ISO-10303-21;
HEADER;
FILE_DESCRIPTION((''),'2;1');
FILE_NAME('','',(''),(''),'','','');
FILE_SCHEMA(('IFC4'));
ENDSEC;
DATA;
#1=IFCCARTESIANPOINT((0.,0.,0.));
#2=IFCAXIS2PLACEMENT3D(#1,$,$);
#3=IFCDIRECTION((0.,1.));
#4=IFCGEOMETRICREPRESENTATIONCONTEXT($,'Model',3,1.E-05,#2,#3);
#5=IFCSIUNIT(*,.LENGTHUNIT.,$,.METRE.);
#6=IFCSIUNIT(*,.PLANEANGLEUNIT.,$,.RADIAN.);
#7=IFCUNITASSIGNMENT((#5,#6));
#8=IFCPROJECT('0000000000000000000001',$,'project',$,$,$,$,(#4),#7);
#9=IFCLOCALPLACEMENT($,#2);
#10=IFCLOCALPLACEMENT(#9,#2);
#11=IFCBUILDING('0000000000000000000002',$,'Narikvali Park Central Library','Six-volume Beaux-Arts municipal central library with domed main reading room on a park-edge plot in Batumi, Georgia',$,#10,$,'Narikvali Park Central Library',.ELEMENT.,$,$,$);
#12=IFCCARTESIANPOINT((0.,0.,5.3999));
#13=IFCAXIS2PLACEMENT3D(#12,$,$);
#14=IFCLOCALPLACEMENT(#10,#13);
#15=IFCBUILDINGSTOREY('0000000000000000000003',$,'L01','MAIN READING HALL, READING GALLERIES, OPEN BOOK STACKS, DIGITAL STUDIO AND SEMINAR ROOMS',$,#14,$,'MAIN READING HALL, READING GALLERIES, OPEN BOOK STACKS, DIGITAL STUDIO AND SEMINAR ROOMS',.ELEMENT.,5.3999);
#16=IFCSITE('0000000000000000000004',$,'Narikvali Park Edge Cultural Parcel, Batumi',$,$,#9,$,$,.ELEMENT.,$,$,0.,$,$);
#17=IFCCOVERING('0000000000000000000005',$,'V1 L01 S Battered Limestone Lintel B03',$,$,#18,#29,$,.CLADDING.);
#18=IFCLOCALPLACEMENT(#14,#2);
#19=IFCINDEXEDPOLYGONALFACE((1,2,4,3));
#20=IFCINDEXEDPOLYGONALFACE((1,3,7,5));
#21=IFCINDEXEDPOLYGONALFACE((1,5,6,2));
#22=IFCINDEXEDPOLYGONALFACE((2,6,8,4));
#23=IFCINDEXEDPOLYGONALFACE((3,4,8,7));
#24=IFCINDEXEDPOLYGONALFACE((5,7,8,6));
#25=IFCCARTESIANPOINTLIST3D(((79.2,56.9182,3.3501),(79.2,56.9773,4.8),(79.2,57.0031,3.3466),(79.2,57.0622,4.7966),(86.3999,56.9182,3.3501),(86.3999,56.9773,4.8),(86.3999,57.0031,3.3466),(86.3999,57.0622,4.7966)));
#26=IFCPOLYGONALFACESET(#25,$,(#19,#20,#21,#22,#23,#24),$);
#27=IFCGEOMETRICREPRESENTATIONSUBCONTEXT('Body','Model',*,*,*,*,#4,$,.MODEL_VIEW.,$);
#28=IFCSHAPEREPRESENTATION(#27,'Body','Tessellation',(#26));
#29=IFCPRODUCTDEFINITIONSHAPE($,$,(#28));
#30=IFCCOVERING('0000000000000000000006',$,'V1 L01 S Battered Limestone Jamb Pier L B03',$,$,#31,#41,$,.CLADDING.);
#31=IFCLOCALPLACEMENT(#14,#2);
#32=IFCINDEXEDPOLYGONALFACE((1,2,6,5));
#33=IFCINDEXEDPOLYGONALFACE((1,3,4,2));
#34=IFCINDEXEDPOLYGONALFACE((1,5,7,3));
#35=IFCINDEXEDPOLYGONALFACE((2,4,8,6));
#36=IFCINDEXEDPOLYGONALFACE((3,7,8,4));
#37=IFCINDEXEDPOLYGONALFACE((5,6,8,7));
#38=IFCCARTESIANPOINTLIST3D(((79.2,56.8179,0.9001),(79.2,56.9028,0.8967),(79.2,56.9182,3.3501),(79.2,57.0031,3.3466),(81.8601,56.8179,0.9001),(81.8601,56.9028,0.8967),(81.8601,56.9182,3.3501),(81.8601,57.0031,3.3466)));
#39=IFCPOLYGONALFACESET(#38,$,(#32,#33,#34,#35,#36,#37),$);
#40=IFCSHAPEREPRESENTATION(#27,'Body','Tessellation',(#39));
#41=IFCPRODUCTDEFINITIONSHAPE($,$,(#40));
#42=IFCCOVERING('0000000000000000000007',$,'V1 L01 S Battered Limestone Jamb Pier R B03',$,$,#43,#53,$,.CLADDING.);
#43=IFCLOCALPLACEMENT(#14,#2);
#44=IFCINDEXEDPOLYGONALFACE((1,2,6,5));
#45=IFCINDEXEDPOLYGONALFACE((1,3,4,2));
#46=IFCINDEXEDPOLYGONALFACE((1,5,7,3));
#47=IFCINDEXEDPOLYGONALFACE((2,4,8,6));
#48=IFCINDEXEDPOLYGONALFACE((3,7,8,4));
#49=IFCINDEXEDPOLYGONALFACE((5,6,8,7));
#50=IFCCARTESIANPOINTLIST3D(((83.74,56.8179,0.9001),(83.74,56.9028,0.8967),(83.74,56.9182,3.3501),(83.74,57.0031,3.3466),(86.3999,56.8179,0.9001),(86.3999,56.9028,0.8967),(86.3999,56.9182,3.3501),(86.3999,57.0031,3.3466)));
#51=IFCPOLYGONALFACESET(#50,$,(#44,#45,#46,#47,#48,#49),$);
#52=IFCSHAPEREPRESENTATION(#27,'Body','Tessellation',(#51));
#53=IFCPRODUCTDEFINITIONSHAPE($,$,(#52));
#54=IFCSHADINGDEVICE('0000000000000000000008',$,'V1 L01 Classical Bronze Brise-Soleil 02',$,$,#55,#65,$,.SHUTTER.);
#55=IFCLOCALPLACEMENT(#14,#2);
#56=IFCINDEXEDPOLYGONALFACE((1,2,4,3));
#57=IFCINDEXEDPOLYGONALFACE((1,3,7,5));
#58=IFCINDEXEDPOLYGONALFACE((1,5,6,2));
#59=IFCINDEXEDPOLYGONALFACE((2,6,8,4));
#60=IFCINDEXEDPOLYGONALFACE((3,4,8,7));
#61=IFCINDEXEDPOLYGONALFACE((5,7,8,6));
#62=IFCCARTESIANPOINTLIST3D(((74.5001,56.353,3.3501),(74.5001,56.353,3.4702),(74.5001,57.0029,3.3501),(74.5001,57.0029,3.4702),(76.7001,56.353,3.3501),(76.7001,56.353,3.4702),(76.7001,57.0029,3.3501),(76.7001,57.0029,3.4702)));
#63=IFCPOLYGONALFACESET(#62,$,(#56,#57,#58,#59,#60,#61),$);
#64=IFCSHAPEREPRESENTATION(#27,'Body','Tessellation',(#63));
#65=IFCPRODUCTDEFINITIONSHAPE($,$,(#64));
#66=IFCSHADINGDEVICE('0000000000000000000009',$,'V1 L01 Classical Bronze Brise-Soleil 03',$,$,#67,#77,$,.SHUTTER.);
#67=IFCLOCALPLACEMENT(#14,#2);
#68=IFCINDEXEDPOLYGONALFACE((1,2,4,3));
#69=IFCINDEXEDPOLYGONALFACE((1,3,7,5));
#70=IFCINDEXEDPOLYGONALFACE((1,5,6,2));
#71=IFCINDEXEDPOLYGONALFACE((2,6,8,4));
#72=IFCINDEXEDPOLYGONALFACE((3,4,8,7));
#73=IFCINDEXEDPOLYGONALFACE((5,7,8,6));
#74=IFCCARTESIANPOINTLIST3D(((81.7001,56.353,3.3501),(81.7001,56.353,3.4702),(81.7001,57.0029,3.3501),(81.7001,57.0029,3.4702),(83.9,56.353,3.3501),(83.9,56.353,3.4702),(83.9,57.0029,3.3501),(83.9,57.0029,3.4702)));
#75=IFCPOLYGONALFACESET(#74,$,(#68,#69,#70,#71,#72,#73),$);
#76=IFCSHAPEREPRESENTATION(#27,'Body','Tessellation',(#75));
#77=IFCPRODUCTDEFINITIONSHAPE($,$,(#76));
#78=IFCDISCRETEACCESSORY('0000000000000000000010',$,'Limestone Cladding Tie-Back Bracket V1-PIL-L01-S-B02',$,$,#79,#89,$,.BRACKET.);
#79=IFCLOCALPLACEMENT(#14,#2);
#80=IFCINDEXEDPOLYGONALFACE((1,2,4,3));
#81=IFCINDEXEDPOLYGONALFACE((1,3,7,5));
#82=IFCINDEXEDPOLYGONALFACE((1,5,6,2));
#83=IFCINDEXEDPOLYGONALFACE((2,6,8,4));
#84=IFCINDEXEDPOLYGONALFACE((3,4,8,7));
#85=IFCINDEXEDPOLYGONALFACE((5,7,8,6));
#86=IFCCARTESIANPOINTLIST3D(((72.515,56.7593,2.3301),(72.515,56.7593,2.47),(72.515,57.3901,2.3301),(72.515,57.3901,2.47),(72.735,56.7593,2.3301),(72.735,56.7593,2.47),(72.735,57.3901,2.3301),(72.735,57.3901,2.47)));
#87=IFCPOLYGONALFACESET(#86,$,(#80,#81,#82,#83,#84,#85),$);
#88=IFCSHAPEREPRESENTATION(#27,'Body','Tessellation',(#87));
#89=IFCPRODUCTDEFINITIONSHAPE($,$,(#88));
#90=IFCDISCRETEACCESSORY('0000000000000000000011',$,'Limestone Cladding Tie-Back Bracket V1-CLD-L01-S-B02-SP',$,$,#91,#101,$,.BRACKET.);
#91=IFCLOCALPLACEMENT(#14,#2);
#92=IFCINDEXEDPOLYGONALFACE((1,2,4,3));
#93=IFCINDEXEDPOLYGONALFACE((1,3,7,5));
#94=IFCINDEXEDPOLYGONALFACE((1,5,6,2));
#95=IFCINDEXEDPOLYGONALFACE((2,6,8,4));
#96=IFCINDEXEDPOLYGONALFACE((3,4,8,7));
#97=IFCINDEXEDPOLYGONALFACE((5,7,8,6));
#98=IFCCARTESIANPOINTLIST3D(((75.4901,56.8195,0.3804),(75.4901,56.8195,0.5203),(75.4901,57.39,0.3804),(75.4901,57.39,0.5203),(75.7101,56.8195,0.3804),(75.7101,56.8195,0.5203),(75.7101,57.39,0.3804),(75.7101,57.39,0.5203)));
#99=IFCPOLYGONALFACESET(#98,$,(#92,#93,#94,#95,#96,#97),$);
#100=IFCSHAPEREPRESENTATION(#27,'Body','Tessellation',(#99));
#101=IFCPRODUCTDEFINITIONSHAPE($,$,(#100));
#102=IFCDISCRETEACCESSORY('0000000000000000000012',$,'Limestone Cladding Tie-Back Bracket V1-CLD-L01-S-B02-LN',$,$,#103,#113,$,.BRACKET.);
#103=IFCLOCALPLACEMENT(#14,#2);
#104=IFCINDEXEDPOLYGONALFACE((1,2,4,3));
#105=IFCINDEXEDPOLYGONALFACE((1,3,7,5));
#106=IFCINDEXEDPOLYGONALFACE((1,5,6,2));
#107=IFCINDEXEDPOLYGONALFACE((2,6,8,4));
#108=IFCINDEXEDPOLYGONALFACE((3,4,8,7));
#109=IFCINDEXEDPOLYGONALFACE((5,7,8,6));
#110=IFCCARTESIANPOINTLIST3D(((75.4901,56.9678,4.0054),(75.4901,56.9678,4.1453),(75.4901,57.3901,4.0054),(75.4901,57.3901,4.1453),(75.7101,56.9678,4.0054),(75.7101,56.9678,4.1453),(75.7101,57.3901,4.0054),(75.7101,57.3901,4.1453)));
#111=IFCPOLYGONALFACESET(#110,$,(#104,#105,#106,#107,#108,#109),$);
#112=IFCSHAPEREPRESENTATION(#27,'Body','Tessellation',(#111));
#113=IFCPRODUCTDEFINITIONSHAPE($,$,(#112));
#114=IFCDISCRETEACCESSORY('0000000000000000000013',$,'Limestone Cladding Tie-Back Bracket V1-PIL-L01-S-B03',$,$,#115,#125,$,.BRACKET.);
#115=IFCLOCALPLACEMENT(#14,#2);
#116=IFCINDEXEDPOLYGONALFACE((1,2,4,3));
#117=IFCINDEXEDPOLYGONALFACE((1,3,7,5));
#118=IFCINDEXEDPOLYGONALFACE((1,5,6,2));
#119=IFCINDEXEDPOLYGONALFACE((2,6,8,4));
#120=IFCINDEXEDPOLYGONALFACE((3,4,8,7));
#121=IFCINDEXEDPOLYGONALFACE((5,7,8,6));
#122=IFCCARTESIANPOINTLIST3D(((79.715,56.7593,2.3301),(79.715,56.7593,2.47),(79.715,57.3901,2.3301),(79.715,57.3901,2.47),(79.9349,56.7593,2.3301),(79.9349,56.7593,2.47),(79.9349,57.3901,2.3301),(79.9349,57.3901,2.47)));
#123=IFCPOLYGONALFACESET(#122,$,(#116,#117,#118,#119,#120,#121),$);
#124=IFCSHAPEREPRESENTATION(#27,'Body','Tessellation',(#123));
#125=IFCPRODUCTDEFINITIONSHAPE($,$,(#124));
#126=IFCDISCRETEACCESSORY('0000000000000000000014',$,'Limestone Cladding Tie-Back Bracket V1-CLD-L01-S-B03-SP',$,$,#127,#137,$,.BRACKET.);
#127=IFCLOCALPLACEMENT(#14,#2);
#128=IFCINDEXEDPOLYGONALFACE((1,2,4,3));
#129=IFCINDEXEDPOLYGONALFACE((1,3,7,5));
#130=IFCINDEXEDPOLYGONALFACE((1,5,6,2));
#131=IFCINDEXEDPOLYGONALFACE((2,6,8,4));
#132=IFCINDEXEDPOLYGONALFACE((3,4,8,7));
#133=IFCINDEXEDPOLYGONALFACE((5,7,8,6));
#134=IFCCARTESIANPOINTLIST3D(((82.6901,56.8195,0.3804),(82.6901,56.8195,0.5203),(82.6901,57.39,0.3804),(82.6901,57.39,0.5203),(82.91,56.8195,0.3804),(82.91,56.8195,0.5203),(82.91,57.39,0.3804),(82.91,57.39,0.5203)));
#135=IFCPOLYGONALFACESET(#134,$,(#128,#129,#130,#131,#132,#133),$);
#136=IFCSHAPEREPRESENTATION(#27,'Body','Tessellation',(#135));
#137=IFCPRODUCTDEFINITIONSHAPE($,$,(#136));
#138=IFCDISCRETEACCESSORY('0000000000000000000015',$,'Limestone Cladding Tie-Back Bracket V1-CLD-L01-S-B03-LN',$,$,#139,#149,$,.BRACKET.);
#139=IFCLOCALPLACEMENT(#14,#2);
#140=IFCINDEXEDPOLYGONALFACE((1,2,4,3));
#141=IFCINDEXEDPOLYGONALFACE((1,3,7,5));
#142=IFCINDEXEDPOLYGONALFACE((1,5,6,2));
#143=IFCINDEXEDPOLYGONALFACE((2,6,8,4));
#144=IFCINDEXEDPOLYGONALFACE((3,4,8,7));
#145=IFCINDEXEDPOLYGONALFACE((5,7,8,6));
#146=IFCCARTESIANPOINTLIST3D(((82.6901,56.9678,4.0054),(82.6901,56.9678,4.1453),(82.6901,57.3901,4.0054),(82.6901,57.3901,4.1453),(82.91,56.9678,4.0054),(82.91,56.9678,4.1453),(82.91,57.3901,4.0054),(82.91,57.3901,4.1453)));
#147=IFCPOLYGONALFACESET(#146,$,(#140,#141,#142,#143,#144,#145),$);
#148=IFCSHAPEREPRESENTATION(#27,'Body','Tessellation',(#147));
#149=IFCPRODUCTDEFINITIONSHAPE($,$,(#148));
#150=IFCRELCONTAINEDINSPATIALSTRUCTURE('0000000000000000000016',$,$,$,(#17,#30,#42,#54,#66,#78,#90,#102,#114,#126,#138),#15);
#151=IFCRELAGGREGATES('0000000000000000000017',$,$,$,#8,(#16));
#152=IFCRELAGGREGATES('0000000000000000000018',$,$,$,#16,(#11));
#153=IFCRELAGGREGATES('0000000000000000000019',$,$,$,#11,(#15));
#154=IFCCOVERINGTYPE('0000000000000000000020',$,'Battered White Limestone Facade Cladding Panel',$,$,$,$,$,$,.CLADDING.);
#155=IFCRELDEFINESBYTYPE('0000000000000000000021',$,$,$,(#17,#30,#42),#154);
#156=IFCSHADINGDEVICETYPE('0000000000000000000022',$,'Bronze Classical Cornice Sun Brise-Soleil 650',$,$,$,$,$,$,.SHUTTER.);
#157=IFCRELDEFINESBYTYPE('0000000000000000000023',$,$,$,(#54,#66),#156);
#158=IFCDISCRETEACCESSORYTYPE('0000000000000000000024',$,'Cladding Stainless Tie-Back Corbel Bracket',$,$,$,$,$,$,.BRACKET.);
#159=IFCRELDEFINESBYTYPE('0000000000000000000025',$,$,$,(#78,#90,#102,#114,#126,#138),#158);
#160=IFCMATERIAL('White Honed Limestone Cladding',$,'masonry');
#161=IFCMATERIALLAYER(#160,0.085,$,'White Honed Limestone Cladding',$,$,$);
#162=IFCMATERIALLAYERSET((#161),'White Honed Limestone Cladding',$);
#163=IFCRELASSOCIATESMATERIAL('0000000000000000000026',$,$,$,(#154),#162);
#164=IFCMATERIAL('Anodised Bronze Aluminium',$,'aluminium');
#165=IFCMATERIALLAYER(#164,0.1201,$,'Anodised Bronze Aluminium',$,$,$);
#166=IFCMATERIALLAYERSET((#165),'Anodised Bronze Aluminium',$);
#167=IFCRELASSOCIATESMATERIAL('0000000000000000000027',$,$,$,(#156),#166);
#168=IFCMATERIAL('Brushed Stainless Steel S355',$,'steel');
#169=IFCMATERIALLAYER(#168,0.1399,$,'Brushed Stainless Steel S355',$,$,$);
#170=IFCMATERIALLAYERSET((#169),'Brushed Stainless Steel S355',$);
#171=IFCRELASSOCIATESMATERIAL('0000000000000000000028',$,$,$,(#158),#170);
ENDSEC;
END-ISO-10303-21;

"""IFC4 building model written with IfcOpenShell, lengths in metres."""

from ifc_helpers import new_model, si_unit, direction, frame, origin, origin_2d, place, context, subcontext, project, spatial, polyline, rectangle, outline, extrude, material, layer, layer_set, type_object, element, save


model = new_model("IFC4")

# Units and contexts
model_context = context("Model", 3, precision=1e-05, world=origin(), true_north=direction((0.0, 1.0)))
body_context = subcontext(model_context, "Body", "Model", "MODEL_VIEW")
ifc_project = project(units=[si_unit("LENGTHUNIT", "METRE"), si_unit("PLANEANGLEUNIT", "RADIAN")], contexts=[model_context])

# Site, building, storey
site_placement = place(None, origin())
site = spatial("IfcSite", under=ifc_project, at=site_placement, Name="Narikvali Park Edge Cultural Parcel, Batumi", CompositionType="ELEMENT", RefElevation=0.0)
building_placement = place(site_placement, origin())
building = spatial("IfcBuilding", under=site, at=building_placement, Name="Narikvali Park Central Library", Description="Six-volume Beaux-Arts municipal central library with domed main reading room on a park-edge plot in Batumi, Georgia", LongName="Narikvali Park Central Library", CompositionType="ELEMENT")
storey_placement = place(building_placement, frame((0.0, 0.0, 5.3999)))
storey = spatial("IfcBuildingStorey", under=building, at=storey_placement, Name="L01", Description="MAIN READING HALL, READING GALLERIES, OPEN BOOK STACKS, DIGITAL STUDIO AND SEMINAR ROOMS", LongName="MAIN READING HALL, READING GALLERIES, OPEN BOOK STACKS, DIGITAL STUDIO AND SEMINAR ROOMS", CompositionType="ELEMENT", Elevation=5.3999)

# Coverings
ifc_material_1 = material(Name="White Honed Limestone Cladding", Category="masonry")
ifc_layer_1 = layer(ifc_material_1, 0.085, Name="White Honed Limestone Cladding")
ifc_layer_set_1 = layer_set([ifc_layer_1], Name="White Honed Limestone Cladding")
covering_type = type_object("IfcCoveringType", Name="Battered White Limestone Facade Cladding Panel", PredefinedType="CLADDING", material=ifc_layer_set_1)
covering_1_placement = place(storey_placement, frame((79.2, 56.9182, 3.3501), z_axis=(0.0, -0.999171, 0.040714), x_axis=(1.0, 0.0, 0.0)))
element("IfcCovering", 1, at=covering_1_placement, inside=storey, type_object=covering_type, Name="V1 L01 S Battered Limestone Lintel B03", PredefinedType="CLADDING", context=body_context, shape_type="SweptSolid", body=[
    extrude(outline(polyline([(0.0, 0.0), (7.2, 0.0), (7.2, 1.4512), (0.0, 1.4512), (0.0, 0.0)])), origin(), (0.0, 0.0, -1.0), 0.085),
])
covering_2_placement = place(storey_placement, frame((79.2, 56.8179, 0.9001), z_axis=(0.0, -0.999162, 0.040922), x_axis=(1.0, 0.0, 0.0)))
element("IfcCovering", 2, at=covering_2_placement, inside=storey, type_object=covering_type, Name="V1 L01 S Battered Limestone Jamb Pier L B03", PredefinedType="CLADDING", context=body_context, shape_type="SweptSolid", body=[
    extrude(outline(polyline([(0.0, 0.0), (2.6602, 0.0), (2.6602, 2.452), (0.0, 2.452), (0.0, 0.0)])), origin(), (0.0, 0.0, -1.0), 0.085),
])
covering_3_placement = place(storey_placement, frame((83.74, 56.8179, 0.9001), z_axis=(0.0, -0.999162, 0.040922), x_axis=(1.0, 0.0, 0.0)))
element("IfcCovering", 3, at=covering_3_placement, inside=storey, type_object=covering_type, Name="V1 L01 S Battered Limestone Jamb Pier R B03", PredefinedType="CLADDING", context=body_context, shape_type="SweptSolid", body=[
    extrude(outline(polyline([(0.0, 0.0), (2.6599, 0.0), (2.6599, 2.452), (0.0, 2.452), (0.0, 0.0)])), origin(), (0.0, 0.0, -1.0), 0.085),
])

# Shading devices
ifc_material_2 = material(Name="Anodised Bronze Aluminium", Category="aluminium")
ifc_layer_2 = layer(ifc_material_2, 0.1201, Name="Anodised Bronze Aluminium")
ifc_layer_set_2 = layer_set([ifc_layer_2], Name="Anodised Bronze Aluminium")
shading_device_type = type_object("IfcShadingDeviceType", Name="Bronze Classical Cornice Sun Brise-Soleil 650", PredefinedType="SHUTTER", material=ifc_layer_set_2)
for number, where, z_axis, x_axis, name in (
    (4, (75.6001, 56.678, 3.3501), (0.0, 0.0, 1.0), (1.0, 0.0, 0.0), "V1 L01 Classical Bronze Brise-Soleil 02"),
    (5, (82.8, 56.678, 3.3501), (0.0, 0.0, 1.0), (1.0, 0.0, 0.0), "V1 L01 Classical Bronze Brise-Soleil 03"),
):
    element("IfcShadingDevice", number, at=place(storey_placement, frame(where, z_axis=z_axis, x_axis=x_axis)), inside=storey, type_object=shading_device_type, Name=name, PredefinedType="SHUTTER", context=body_context, shape_type="SweptSolid", body=[
        extrude(rectangle(XDim=2.2, YDim=0.6499, at=origin_2d()), origin(), (0.0, 0.0, 1.0), 0.1201),
    ])

# Discrete accessories
ifc_material_3 = material(Name="Brushed Stainless Steel S355", Category="steel")
ifc_layer_3 = layer(ifc_material_3, 0.1399, Name="Brushed Stainless Steel S355")
ifc_layer_set_3 = layer_set([ifc_layer_3], Name="Brushed Stainless Steel S355")
discrete_accessory_type = type_object("IfcDiscreteAccessoryType", Name="Cladding Stainless Tie-Back Corbel Bracket", PredefinedType="BRACKET", material=ifc_layer_set_3)
discrete_accessory_1_placement = place(storey_placement, frame((72.625, 57.0747, 2.3301), z_axis=(0.0, 0.0, 1.0), x_axis=(1.0, 0.0, 0.0)))
element("IfcDiscreteAccessory", 6, at=discrete_accessory_1_placement, inside=storey, type_object=discrete_accessory_type, Name="Limestone Cladding Tie-Back Bracket V1-PIL-L01-S-B02", PredefinedType="BRACKET", context=body_context, shape_type="SweptSolid", body=[
    extrude(rectangle(XDim=0.22, YDim=0.6309, at=origin_2d()), origin(), (0.0, 0.0, 1.0), 0.1399),
])
discrete_accessory_2_placement = place(storey_placement, frame((75.6001, 57.1047, 0.3804), z_axis=(0.0, 0.0, 1.0), x_axis=(1.0, 0.0, 0.0)))
element("IfcDiscreteAccessory", 7, at=discrete_accessory_2_placement, inside=storey, type_object=discrete_accessory_type, Name="Limestone Cladding Tie-Back Bracket V1-CLD-L01-S-B02-SP", PredefinedType="BRACKET", context=body_context, shape_type="SweptSolid", body=[
    extrude(rectangle(XDim=0.22, YDim=0.5706, at=origin_2d()), origin(), (0.0, 0.0, 1.0), 0.1399),
])
discrete_accessory_3_placement = place(storey_placement, frame((75.6001, 57.179, 4.0054), z_axis=(0.0, 0.0, 1.0), x_axis=(1.0, 0.0, 0.0)))
element("IfcDiscreteAccessory", 8, at=discrete_accessory_3_placement, inside=storey, type_object=discrete_accessory_type, Name="Limestone Cladding Tie-Back Bracket V1-CLD-L01-S-B02-LN", PredefinedType="BRACKET", context=body_context, shape_type="SweptSolid", body=[
    extrude(rectangle(XDim=0.22, YDim=0.4224, at=origin_2d()), origin(), (0.0, 0.0, 1.0), 0.1399),
])
discrete_accessory_4_placement = place(storey_placement, frame((79.825, 57.0747, 2.3301), z_axis=(0.0, 0.0, 1.0), x_axis=(1.0, 0.0, 0.0)))
element("IfcDiscreteAccessory", 9, at=discrete_accessory_4_placement, inside=storey, type_object=discrete_accessory_type, Name="Limestone Cladding Tie-Back Bracket V1-PIL-L01-S-B03", PredefinedType="BRACKET", context=body_context, shape_type="SweptSolid", body=[
    extrude(rectangle(XDim=0.22, YDim=0.6309, at=origin_2d()), origin(), (0.0, 0.0, 1.0), 0.1399),
])
discrete_accessory_5_placement = place(storey_placement, frame((82.8, 57.1047, 0.3804), z_axis=(0.0, 0.0, 1.0), x_axis=(1.0, 0.0, 0.0)))
element("IfcDiscreteAccessory", 10, at=discrete_accessory_5_placement, inside=storey, type_object=discrete_accessory_type, Name="Limestone Cladding Tie-Back Bracket V1-CLD-L01-S-B03-SP", PredefinedType="BRACKET", context=body_context, shape_type="SweptSolid", body=[
    extrude(rectangle(XDim=0.22, YDim=0.5706, at=origin_2d()), origin(), (0.0, 0.0, 1.0), 0.1399),
])
discrete_accessory_6_placement = place(storey_placement, frame((82.8, 57.179, 4.0054), z_axis=(0.0, 0.0, 1.0), x_axis=(1.0, 0.0, 0.0)))
element("IfcDiscreteAccessory", 11, at=discrete_accessory_6_placement, inside=storey, type_object=discrete_accessory_type, Name="Limestone Cladding Tie-Back Bracket V1-CLD-L01-S-B03-LN", PredefinedType="BRACKET", context=body_context, shape_type="SweptSolid", body=[
    extrude(rectangle(XDim=0.22, YDim=0.4224, at=origin_2d()), origin(), (0.0, 0.0, 1.0), 0.1399),
])

save(model, "model.ifc")
